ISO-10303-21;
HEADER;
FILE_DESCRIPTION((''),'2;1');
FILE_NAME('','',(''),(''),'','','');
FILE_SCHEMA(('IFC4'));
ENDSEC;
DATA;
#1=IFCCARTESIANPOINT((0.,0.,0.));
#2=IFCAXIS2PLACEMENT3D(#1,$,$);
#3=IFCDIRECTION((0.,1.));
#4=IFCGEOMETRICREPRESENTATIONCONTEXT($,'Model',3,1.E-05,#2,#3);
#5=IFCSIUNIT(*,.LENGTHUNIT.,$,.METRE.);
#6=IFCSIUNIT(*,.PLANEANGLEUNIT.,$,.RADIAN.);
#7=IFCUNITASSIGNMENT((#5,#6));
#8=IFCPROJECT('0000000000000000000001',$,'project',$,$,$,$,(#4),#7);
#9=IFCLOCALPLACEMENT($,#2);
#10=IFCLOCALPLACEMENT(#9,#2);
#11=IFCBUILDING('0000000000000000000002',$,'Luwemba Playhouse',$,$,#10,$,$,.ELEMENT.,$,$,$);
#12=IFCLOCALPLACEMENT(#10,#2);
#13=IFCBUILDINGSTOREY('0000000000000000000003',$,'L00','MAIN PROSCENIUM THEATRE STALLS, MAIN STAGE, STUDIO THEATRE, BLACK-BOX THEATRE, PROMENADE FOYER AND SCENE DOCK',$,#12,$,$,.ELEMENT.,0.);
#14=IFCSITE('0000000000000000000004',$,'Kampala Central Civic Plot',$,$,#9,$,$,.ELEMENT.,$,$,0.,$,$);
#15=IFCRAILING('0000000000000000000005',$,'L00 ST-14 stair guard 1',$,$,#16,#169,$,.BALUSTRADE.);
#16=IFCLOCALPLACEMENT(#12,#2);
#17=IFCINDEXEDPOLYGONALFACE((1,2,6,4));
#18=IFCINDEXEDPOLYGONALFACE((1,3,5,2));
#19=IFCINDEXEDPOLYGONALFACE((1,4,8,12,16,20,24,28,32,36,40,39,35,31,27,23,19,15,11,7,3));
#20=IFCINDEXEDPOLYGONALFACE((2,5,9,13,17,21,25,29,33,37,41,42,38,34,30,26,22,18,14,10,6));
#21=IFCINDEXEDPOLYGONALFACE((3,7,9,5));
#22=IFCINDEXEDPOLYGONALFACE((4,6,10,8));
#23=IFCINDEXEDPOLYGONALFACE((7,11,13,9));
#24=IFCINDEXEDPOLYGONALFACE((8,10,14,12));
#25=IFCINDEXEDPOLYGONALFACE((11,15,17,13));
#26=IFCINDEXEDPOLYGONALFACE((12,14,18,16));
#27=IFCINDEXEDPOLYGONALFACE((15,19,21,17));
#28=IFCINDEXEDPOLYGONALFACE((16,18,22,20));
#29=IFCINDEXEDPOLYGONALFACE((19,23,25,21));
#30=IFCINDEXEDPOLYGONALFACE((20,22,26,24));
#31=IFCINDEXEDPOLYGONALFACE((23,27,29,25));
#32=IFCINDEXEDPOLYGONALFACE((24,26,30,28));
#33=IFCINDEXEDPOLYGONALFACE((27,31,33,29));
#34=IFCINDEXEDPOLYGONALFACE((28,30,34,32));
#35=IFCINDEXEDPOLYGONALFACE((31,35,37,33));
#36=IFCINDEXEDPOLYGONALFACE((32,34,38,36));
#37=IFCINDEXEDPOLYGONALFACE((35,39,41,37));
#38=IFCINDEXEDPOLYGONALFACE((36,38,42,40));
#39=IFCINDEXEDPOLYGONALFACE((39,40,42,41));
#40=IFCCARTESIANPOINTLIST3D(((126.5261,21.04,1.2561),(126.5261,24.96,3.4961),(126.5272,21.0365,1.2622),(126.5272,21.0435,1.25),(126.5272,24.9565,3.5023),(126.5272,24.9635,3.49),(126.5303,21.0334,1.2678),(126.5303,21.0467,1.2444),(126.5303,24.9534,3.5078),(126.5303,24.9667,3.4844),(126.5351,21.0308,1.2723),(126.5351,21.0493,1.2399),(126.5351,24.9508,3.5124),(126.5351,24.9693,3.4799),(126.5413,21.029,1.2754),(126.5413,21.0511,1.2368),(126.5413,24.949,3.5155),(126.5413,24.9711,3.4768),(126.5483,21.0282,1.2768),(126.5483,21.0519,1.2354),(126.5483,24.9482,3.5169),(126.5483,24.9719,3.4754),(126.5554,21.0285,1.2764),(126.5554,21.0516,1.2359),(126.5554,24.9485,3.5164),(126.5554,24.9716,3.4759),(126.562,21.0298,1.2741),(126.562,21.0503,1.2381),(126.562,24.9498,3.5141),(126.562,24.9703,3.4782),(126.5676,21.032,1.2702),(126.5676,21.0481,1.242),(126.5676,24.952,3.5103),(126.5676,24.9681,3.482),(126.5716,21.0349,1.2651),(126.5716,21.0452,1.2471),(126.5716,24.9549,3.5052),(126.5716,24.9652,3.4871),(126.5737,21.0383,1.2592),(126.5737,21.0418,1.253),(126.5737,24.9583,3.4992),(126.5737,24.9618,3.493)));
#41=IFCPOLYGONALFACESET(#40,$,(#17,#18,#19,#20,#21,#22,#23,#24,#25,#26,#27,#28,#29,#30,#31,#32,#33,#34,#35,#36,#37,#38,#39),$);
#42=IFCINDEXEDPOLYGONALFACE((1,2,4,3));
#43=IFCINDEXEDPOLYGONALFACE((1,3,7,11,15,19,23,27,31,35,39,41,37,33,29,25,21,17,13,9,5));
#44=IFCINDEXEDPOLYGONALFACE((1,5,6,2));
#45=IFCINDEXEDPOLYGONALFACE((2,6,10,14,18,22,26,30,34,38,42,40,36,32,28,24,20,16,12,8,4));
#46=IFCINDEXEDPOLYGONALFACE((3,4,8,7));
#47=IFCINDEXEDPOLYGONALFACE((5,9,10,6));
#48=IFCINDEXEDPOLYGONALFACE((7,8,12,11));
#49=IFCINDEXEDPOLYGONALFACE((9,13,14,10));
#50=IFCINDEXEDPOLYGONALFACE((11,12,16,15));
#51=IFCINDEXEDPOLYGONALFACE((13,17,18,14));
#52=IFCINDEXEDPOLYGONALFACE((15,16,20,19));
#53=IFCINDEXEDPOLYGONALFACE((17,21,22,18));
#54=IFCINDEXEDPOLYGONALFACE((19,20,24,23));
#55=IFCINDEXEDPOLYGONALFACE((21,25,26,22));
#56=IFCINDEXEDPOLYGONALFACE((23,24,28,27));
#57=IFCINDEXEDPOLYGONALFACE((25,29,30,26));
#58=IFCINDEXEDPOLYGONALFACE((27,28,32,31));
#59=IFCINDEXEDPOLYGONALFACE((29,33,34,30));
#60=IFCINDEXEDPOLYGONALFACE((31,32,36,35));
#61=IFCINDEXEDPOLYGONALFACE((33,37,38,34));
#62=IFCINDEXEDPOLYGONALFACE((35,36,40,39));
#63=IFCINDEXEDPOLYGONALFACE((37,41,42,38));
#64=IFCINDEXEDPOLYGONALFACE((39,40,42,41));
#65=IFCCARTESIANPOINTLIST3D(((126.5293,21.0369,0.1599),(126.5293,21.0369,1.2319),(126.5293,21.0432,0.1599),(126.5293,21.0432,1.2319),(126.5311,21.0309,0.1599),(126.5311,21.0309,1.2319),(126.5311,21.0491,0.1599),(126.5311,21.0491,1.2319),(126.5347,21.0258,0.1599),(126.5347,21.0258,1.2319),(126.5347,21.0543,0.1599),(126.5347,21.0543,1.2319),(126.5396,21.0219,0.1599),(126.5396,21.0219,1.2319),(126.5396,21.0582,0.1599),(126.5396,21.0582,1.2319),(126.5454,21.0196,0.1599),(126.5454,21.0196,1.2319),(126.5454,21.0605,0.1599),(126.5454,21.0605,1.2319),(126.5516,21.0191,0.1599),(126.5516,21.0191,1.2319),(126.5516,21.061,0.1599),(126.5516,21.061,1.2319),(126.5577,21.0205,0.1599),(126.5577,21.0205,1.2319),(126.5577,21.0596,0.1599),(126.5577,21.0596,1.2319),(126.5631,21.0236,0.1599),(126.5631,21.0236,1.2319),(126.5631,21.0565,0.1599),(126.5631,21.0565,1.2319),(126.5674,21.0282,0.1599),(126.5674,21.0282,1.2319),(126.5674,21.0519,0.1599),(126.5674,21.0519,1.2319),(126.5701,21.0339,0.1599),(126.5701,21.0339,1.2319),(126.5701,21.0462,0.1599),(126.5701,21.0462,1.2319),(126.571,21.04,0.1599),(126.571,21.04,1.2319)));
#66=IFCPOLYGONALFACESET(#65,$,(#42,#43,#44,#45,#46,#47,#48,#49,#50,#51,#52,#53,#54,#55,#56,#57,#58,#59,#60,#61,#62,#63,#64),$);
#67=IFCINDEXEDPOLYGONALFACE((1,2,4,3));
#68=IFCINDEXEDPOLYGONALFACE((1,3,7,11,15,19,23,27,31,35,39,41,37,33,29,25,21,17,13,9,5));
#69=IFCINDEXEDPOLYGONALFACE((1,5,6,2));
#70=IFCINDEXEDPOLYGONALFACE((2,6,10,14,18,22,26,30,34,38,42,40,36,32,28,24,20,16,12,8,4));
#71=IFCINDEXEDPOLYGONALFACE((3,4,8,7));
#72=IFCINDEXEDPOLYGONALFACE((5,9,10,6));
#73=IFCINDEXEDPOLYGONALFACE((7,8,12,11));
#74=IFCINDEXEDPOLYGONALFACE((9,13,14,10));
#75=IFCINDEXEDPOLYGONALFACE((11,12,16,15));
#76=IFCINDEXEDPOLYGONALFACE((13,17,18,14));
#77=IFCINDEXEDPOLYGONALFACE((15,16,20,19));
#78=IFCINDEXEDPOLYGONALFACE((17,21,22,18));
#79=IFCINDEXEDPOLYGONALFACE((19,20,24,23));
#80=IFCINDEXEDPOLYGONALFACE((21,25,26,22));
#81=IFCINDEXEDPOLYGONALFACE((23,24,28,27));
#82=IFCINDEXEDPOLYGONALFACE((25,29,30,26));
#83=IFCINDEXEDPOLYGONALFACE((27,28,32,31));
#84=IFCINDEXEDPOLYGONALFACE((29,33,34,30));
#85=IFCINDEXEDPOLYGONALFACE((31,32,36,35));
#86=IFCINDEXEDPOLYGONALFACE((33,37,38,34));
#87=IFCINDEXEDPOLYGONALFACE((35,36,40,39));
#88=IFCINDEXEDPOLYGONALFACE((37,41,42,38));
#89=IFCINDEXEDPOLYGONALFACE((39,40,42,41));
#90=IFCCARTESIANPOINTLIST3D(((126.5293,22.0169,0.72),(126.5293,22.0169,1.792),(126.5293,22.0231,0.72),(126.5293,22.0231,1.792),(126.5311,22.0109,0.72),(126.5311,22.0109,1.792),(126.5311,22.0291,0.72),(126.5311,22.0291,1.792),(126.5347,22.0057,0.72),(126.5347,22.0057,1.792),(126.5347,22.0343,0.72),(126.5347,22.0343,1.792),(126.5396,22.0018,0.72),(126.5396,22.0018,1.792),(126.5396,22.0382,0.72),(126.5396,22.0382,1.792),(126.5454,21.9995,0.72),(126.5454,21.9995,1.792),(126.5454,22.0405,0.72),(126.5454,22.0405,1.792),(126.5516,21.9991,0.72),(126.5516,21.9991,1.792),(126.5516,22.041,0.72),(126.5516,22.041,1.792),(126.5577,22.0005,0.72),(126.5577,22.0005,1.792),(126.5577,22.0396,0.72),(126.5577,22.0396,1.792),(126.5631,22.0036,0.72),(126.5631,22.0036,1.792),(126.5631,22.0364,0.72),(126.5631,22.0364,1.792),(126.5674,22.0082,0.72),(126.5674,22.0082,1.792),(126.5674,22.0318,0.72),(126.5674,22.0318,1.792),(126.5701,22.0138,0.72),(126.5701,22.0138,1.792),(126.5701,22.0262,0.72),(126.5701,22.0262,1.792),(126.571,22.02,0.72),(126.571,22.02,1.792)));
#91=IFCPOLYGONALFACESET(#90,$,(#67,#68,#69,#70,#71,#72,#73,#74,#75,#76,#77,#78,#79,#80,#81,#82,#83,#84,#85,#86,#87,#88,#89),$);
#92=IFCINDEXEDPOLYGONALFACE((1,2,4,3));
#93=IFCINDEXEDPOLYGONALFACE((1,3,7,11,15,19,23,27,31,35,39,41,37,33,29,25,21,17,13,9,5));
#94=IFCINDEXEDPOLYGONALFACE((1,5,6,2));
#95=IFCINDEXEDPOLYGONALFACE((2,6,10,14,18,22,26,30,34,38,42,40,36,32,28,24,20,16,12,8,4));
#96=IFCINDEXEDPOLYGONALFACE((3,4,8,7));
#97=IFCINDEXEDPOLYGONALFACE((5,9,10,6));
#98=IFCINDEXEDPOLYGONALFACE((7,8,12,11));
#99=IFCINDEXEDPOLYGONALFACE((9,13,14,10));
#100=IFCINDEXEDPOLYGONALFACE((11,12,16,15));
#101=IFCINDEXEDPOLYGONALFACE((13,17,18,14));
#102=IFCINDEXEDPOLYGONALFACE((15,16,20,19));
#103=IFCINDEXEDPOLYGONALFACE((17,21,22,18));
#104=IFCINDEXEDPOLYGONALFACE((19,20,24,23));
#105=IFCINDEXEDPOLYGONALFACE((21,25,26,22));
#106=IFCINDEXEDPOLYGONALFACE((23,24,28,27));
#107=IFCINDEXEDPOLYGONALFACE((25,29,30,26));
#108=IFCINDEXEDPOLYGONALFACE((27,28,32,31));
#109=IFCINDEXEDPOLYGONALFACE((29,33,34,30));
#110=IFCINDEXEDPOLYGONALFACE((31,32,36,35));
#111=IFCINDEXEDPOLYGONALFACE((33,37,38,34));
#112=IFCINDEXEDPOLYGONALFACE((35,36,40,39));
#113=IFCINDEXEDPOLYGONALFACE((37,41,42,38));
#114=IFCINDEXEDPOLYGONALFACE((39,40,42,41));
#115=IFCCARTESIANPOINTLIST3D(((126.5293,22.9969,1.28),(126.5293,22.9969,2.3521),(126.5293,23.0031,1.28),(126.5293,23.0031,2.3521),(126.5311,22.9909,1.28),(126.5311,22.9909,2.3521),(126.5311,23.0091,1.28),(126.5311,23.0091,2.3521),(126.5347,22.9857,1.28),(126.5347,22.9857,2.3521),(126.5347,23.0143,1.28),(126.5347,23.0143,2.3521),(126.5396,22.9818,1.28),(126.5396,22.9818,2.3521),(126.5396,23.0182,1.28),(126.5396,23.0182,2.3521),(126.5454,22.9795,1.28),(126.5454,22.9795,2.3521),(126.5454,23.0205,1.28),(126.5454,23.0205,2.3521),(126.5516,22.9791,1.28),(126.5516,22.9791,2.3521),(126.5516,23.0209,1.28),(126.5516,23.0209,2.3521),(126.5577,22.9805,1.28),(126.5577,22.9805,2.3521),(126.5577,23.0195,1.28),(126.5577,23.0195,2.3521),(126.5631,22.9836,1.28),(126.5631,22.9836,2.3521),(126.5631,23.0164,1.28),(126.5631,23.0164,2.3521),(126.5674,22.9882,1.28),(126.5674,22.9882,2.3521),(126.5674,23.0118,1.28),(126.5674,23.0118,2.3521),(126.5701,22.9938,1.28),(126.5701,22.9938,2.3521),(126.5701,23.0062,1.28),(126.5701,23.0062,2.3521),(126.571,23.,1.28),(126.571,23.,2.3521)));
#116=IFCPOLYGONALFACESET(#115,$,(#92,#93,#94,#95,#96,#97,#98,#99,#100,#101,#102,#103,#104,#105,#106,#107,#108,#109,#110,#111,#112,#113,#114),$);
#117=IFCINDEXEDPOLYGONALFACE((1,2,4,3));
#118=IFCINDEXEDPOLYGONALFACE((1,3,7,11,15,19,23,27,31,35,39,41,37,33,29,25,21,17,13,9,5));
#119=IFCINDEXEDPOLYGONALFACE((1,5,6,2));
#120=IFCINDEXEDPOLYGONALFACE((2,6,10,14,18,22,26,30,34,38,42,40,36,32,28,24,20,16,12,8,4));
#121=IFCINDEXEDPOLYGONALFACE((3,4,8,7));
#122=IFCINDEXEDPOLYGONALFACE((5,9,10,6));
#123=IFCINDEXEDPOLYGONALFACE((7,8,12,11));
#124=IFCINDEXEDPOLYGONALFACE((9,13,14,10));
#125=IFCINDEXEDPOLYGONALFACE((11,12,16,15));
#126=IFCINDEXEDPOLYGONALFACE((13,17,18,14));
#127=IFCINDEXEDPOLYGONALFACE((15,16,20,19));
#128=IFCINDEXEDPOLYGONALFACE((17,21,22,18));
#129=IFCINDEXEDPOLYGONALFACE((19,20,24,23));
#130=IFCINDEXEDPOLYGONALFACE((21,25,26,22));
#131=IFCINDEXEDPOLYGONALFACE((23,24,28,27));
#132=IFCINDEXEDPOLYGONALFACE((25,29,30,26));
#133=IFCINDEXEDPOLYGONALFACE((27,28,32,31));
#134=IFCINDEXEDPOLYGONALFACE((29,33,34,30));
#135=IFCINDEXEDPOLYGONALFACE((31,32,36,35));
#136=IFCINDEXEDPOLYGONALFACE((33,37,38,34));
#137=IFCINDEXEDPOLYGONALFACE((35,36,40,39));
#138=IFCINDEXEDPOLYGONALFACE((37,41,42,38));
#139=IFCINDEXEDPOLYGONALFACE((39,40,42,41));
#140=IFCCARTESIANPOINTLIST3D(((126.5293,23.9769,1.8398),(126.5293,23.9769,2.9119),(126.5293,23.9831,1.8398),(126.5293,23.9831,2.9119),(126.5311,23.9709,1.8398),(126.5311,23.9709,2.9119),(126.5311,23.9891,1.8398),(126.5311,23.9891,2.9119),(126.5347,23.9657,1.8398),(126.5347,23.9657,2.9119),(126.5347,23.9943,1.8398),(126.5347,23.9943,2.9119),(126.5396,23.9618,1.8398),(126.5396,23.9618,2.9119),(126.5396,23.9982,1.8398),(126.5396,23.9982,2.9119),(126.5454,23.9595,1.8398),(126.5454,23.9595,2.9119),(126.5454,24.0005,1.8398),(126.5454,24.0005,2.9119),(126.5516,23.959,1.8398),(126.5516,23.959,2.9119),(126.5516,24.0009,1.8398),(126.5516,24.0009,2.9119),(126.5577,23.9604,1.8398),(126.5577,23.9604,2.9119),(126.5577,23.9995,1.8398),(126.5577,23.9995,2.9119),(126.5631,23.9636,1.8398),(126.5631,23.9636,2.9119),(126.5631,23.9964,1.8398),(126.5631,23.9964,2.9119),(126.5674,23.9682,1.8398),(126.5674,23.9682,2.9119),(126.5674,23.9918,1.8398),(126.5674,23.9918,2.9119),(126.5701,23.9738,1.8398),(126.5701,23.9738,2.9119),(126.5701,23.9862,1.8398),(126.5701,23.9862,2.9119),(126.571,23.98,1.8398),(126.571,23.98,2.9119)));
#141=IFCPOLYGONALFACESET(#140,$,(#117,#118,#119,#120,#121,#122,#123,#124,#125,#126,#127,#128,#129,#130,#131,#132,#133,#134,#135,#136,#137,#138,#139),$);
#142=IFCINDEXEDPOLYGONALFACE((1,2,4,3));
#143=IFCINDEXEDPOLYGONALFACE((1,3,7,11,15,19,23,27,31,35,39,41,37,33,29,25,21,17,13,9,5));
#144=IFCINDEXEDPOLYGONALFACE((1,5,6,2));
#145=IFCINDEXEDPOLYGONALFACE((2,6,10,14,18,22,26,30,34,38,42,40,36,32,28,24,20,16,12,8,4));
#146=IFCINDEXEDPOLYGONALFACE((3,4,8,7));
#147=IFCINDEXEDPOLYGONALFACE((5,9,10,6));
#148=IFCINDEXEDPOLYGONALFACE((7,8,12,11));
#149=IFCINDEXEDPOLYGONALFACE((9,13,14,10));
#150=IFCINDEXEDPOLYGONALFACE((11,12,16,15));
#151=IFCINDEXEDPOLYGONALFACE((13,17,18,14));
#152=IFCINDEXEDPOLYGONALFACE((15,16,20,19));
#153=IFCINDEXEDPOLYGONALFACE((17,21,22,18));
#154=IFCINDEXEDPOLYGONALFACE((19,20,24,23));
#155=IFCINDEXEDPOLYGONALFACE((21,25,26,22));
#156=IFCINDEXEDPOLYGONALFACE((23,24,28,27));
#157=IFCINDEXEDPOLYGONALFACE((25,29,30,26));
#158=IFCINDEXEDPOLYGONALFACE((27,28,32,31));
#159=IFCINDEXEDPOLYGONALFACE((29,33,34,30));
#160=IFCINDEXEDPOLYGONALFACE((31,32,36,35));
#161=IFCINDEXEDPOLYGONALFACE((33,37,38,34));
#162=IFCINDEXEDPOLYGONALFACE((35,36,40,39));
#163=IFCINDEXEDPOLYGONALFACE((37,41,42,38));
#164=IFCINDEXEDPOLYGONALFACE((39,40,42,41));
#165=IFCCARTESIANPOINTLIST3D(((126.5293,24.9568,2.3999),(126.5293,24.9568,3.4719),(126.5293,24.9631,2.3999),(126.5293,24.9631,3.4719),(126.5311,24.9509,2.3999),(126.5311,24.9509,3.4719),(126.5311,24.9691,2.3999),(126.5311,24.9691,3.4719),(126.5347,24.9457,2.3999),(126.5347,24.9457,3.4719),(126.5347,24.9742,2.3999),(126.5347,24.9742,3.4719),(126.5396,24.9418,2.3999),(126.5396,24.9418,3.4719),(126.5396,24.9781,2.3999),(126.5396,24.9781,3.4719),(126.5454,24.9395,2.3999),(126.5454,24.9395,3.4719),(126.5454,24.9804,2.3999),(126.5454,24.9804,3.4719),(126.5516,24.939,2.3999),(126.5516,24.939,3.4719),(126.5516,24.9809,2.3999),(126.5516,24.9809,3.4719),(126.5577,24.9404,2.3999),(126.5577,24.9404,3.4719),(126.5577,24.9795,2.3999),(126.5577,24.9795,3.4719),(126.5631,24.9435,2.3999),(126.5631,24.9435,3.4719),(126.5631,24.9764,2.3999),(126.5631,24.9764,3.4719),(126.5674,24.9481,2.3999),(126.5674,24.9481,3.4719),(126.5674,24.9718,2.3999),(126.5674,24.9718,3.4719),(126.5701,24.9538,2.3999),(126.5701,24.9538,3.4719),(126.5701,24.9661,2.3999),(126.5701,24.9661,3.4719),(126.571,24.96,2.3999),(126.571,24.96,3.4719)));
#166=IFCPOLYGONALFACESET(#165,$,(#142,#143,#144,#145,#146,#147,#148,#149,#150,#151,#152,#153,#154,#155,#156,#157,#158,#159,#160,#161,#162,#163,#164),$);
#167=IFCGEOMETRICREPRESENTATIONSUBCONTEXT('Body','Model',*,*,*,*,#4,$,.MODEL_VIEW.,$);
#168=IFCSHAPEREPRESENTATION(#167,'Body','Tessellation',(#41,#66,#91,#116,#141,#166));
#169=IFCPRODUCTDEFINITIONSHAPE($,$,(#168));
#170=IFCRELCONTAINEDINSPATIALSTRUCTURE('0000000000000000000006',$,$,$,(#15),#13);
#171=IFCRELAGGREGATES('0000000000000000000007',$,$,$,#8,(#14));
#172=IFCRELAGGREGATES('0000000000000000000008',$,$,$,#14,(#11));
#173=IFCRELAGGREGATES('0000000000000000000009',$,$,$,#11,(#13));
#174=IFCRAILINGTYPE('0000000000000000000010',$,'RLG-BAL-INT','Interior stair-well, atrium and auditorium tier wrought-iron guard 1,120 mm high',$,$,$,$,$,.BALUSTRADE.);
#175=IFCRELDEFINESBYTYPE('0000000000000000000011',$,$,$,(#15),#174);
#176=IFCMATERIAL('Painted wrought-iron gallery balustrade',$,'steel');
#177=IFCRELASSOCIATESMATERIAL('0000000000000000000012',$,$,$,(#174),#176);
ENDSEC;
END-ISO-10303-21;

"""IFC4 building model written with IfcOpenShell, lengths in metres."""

from ifc_helpers import new_model, si_unit, direction, frame, origin, origin_2d, place, context, subcontext, project, spatial, circle, extrude, material, type_object, element, save


model = new_model("IFC4")

# Units and contexts
model_context = context("Model", 3, precision=1e-05, world=origin(), true_north=direction((0.0, 1.0)))
body_context = subcontext(model_context, "Body", "Model", "MODEL_VIEW")
ifc_project = project(units=[si_unit("LENGTHUNIT", "METRE"), si_unit("PLANEANGLEUNIT", "RADIAN")], contexts=[model_context])

# Site, building, storey
site_placement = place(None, origin())
site = spatial("IfcSite", under=ifc_project, at=site_placement, Name="Kampala Central Civic Plot", CompositionType="ELEMENT", RefElevation=0.0)
building_placement = place(site_placement, origin())
building = spatial("IfcBuilding", under=site, at=building_placement, Name="Luwemba Playhouse", CompositionType="ELEMENT")
storey_placement = place(building_placement, origin())
storey = spatial("IfcBuildingStorey", under=building, at=storey_placement, Name="L00", Description="MAIN PROSCENIUM THEATRE STALLS, MAIN STAGE, STUDIO THEATRE, BLACK-BOX THEATRE, PROMENADE FOYER AND SCENE DOCK", CompositionType="ELEMENT", Elevation=0.0)

# Railing
ifc_material_1 = material(Name="Painted wrought-iron gallery balustrade", Category="steel")
railing_type_1 = type_object("IfcRailingType", Name="RLG-BAL-INT", Description="Interior stair-well, atrium and auditorium tier wrought-iron guard 1,120 mm high", PredefinedType="BALUSTRADE", material=ifc_material_1)
railing_1_placement = place(storey_placement, frame((126.55, 21.04, 0.1599)))
element("IfcRailing", 1, at=railing_1_placement, inside=storey, type_object=railing_type_1, Name="L00 ST-14 stair guard 1", PredefinedType="BALUSTRADE", context=body_context, shape_type="SweptSolid", body=[
    extrude(circle(Radius=0.0239, at=origin_2d()), frame((0.0, 0.0, 1.0962), z_axis=(0.0, 0.86824, 0.496145), x_axis=(-1.0, 0.0, 0.0)), (0.0, 0.0, 1.0), 4.5149),
    extrude(circle(Radius=0.021, at=origin_2d()), origin(), (0.0, 0.0, 1.0), 1.072),
    extrude(circle(Radius=0.021, at=origin_2d()), frame((0.0, 0.98, 0.5601)), (0.0, 0.0, 1.0), 1.072),
    extrude(circle(Radius=0.021, at=origin_2d()), frame((0.0, 1.96, 1.1201)), (0.0, 0.0, 1.0), 1.072),
    extrude(circle(Radius=0.021, at=origin_2d()), frame((0.0, 2.9399, 1.6799)), (0.0, 0.0, 1.0), 1.072),
    extrude(circle(Radius=0.021, at=origin_2d()), frame((0.0, 3.9199, 2.24)), (0.0, 0.0, 1.0), 1.072),
])

save(model, "model.ifc")
